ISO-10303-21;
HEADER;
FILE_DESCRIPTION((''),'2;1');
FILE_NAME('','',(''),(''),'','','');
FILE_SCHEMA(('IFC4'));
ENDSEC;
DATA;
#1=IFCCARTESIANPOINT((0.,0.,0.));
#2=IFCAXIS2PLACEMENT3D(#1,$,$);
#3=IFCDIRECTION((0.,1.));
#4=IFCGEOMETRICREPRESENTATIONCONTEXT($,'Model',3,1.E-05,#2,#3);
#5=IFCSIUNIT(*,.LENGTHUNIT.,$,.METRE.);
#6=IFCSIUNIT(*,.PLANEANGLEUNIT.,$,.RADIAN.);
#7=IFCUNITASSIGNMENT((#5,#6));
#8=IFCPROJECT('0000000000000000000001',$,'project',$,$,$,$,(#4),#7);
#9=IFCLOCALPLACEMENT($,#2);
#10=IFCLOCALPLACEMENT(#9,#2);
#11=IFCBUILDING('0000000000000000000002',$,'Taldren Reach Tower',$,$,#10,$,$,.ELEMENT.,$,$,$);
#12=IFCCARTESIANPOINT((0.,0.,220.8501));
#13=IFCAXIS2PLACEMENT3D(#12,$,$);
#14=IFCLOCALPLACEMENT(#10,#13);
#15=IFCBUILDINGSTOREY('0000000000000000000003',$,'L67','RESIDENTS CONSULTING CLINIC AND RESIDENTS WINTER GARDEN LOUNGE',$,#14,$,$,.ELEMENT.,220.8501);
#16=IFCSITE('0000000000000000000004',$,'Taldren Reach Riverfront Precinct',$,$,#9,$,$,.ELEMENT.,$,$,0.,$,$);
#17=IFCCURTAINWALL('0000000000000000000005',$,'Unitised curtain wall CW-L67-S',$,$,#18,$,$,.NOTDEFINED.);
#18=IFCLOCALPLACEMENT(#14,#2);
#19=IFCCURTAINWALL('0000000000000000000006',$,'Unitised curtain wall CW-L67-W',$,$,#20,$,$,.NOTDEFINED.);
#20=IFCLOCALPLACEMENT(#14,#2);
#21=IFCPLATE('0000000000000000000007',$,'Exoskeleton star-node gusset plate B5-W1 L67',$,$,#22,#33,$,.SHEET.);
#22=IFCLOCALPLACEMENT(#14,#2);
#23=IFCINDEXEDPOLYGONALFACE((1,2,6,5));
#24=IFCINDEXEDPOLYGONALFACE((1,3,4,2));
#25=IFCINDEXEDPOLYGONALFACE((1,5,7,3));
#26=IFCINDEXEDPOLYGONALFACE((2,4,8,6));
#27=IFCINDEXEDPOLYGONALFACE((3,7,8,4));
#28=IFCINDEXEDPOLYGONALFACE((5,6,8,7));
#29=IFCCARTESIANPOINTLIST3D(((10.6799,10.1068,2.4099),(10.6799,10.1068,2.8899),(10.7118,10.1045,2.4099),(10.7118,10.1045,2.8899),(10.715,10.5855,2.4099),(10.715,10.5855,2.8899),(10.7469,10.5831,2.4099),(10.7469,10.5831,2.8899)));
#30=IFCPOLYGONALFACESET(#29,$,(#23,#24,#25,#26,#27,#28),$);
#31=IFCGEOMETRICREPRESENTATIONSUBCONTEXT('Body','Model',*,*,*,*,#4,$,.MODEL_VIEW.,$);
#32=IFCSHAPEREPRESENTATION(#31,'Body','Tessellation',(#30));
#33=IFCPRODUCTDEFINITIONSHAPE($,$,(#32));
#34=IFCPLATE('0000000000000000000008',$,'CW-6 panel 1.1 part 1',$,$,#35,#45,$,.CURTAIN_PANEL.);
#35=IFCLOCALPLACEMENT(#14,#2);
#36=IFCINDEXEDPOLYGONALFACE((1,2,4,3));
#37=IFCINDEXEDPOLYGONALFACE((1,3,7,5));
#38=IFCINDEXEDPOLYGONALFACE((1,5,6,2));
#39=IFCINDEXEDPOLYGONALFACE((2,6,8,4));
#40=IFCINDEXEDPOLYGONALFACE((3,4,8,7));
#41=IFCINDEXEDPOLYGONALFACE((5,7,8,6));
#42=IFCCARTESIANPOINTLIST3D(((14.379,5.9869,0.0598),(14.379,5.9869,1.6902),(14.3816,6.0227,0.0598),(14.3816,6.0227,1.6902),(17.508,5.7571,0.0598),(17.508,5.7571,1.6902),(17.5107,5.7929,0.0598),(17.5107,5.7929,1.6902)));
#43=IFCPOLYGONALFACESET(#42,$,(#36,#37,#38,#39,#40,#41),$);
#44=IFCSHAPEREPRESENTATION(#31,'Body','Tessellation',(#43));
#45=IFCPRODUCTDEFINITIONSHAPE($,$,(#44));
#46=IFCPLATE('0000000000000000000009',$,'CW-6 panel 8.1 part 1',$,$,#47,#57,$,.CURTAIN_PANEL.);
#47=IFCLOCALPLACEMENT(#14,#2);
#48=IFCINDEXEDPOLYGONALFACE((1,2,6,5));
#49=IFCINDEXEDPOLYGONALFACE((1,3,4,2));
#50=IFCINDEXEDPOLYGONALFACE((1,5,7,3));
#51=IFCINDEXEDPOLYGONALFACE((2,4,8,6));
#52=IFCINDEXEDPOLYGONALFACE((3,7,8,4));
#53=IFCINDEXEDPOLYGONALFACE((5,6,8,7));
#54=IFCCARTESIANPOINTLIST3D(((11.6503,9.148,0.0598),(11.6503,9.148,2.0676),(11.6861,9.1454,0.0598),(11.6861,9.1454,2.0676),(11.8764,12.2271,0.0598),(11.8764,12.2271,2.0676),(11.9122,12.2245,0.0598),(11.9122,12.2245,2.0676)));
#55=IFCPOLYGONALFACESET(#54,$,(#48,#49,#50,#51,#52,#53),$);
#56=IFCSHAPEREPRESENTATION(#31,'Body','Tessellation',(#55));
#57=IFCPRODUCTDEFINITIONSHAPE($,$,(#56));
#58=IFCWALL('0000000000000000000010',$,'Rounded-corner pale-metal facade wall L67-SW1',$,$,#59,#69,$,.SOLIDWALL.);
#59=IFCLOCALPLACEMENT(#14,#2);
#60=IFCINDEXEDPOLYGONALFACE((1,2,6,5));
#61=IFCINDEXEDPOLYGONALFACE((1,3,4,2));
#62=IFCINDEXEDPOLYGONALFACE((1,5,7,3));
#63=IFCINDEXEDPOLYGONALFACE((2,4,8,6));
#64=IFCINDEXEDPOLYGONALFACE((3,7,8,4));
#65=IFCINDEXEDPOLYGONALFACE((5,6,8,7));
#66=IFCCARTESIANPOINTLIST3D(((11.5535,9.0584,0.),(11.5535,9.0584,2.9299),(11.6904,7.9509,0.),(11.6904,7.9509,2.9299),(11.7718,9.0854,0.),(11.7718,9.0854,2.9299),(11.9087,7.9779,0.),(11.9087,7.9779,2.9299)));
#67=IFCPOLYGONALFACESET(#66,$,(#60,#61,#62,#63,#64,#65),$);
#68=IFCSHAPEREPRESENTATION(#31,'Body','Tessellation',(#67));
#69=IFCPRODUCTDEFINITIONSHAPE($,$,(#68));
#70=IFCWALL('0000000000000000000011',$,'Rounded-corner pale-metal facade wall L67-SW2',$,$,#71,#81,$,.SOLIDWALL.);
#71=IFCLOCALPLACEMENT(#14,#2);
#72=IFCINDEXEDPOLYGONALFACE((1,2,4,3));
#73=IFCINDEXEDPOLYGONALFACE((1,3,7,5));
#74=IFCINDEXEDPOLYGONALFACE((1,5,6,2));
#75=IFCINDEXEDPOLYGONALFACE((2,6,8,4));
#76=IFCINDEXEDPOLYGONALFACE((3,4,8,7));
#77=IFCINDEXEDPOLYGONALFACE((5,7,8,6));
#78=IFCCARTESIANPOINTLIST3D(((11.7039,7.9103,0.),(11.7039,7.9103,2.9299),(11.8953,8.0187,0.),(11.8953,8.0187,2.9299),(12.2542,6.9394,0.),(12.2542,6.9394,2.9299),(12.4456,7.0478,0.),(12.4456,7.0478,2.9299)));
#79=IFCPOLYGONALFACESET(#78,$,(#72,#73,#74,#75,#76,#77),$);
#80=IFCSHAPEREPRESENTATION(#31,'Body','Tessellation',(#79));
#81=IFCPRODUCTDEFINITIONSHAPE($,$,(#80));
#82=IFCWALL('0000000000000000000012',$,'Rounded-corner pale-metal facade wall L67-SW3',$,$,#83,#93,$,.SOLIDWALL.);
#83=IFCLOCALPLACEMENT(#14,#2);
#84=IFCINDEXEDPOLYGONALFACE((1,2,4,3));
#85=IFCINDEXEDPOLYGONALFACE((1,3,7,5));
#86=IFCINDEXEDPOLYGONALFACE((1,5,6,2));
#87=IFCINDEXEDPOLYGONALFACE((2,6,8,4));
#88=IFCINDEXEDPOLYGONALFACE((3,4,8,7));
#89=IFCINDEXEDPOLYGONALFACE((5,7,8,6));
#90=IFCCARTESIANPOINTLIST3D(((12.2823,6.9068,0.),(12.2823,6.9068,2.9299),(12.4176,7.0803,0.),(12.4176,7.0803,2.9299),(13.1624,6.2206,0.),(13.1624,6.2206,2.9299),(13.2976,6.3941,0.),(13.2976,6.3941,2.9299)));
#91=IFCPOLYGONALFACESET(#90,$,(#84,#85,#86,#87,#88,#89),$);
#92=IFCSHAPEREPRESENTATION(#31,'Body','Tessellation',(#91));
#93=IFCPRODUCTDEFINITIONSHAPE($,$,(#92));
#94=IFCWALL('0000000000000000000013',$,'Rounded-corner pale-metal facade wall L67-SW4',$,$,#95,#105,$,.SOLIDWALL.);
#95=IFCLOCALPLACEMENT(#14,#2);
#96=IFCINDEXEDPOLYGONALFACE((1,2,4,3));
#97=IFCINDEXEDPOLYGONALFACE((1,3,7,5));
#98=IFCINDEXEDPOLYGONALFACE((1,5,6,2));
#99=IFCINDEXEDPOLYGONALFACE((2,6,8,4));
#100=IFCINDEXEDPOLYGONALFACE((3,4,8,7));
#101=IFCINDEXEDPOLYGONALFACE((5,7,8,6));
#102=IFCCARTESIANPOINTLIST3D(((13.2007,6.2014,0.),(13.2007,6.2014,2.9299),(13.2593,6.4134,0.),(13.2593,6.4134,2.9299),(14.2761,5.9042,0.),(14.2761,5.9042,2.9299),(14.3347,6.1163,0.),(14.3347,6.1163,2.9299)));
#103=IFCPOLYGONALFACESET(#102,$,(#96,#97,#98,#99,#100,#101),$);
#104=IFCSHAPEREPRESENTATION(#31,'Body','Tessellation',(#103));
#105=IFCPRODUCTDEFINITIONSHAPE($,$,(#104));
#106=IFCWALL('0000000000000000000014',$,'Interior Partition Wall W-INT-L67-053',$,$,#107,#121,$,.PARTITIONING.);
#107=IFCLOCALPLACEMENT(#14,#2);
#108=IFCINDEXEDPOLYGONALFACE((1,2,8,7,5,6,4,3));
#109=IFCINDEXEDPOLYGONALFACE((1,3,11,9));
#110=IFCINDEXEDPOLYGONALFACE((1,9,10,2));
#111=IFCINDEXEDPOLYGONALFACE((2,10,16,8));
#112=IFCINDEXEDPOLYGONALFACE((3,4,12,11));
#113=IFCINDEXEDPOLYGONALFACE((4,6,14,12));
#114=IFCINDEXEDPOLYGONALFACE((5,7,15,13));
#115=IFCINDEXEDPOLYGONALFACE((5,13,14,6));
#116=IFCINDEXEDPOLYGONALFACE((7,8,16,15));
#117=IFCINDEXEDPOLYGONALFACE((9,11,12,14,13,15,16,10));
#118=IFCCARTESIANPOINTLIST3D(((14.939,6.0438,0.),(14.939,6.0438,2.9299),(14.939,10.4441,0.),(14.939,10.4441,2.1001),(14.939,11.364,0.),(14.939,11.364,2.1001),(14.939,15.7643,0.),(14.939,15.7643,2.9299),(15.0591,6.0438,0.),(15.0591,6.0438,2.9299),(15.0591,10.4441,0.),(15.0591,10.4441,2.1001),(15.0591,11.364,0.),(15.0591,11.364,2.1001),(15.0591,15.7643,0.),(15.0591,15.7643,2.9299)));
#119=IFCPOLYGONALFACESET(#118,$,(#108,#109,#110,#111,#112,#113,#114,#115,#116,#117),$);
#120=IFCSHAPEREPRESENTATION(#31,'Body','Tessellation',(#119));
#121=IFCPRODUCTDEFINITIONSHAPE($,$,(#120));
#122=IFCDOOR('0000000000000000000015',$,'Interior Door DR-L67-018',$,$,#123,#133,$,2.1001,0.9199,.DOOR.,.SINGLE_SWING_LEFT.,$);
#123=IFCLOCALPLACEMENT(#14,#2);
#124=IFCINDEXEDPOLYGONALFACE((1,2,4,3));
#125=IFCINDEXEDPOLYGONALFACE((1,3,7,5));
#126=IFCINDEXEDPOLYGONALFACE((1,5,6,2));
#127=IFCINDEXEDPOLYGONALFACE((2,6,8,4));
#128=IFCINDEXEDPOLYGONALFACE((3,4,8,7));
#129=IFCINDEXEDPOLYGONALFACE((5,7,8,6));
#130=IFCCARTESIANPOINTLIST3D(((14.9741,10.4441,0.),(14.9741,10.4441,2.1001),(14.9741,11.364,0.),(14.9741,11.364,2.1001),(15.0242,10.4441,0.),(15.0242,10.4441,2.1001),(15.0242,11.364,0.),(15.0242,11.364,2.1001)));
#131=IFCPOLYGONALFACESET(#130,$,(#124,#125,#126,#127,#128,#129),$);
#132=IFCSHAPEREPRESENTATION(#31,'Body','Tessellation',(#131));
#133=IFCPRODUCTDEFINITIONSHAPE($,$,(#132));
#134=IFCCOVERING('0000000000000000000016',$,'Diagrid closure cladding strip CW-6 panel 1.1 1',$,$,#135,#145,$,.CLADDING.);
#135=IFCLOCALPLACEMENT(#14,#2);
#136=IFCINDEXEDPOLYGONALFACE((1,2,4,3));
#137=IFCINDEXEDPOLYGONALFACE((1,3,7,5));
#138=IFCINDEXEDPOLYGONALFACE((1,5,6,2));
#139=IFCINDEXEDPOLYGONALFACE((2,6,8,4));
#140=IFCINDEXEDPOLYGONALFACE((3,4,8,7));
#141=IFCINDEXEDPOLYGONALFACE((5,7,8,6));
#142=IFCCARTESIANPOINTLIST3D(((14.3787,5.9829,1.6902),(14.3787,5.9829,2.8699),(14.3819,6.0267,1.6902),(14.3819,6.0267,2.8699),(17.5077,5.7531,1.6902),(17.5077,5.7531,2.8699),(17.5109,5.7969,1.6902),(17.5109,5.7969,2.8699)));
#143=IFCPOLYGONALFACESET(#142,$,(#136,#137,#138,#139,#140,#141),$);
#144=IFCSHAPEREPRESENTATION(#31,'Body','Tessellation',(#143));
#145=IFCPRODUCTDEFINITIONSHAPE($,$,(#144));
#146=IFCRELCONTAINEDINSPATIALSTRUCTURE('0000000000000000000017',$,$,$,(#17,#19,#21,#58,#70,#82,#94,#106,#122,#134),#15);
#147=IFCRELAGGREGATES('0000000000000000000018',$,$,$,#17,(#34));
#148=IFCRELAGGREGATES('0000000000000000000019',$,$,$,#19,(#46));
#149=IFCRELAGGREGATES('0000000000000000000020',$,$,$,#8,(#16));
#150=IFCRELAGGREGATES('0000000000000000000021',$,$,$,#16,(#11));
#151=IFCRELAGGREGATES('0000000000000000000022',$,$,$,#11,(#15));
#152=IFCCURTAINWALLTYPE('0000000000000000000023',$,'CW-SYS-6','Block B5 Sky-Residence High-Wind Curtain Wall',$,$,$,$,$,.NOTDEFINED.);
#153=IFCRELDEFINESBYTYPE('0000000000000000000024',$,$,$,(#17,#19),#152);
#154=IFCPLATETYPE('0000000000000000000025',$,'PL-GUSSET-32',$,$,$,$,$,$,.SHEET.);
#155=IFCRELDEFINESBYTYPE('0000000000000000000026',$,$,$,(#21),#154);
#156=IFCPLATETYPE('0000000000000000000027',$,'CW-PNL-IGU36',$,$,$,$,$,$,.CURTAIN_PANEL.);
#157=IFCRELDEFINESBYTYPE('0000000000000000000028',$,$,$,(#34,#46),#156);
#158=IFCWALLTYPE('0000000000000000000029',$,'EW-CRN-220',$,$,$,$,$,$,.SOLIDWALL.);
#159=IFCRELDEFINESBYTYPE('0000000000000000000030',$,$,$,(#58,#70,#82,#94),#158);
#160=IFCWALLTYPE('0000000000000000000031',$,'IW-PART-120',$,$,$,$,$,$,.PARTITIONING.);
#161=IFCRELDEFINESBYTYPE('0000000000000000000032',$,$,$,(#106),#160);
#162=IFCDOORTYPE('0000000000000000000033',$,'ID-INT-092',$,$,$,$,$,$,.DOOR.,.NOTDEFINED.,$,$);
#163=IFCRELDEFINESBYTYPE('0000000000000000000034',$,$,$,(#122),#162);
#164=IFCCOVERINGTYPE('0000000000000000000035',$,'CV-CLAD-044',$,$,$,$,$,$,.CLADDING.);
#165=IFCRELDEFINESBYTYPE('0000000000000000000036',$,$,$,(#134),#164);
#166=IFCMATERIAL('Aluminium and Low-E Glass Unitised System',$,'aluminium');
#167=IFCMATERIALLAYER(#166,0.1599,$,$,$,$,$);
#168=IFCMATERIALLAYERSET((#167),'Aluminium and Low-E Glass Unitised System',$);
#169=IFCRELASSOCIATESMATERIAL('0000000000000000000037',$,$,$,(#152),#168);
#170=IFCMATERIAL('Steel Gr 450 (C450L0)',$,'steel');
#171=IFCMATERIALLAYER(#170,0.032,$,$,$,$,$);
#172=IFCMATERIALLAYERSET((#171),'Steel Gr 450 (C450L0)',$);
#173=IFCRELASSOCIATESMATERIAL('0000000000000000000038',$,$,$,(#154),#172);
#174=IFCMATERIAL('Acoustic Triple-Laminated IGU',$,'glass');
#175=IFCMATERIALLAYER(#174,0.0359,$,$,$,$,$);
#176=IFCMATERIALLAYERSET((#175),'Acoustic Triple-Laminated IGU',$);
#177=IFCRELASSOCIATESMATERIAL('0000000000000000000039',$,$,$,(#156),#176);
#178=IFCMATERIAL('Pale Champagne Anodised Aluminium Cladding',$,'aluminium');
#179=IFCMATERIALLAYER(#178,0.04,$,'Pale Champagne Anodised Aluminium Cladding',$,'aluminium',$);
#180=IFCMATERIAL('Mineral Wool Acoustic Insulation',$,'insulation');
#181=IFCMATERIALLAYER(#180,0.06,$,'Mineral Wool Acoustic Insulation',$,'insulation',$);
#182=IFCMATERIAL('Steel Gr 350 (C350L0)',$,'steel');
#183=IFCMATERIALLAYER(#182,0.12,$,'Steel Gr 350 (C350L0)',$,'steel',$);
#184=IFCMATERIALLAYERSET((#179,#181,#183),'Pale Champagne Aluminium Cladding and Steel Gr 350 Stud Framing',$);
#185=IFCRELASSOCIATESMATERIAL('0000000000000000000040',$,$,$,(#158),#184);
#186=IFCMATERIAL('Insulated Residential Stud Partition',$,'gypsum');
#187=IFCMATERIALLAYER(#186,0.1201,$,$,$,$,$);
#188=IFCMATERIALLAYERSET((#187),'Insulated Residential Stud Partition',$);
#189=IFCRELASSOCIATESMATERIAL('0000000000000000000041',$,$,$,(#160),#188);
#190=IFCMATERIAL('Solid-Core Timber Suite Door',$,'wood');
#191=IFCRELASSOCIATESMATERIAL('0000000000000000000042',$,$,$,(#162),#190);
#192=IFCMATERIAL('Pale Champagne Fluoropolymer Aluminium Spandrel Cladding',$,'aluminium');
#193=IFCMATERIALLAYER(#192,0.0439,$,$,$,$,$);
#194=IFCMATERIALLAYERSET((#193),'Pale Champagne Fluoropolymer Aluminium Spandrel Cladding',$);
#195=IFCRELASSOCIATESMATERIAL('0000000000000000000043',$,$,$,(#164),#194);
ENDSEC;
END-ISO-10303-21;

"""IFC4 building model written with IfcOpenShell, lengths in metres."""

from ifc_helpers import new_model, si_unit, direction, frame, frame_2d, origin, origin_2d, place, context, subcontext, project, spatial, rectangle, extrude, source, transform, mapped, material, layer, layer_set, type_object, element, fill, aggregate, save


model = new_model("IFC4")

# Units and contexts
model_context = context("Model", 3, precision=1e-05, world=origin(), true_north=direction((0.0, 1.0)))
body_context = subcontext(model_context, "Body", "Model", "MODEL_VIEW")
ifc_project = project(units=[si_unit("LENGTHUNIT", "METRE"), si_unit("PLANEANGLEUNIT", "RADIAN")], contexts=[model_context])

# Site, building, storey
site_placement = place(None, origin())
site = spatial("IfcSite", under=ifc_project, at=site_placement, Name="Taldren Reach Riverfront Precinct", CompositionType="ELEMENT", RefElevation=0.0)
building_placement = place(site_placement, origin())
building = spatial("IfcBuilding", under=site, at=building_placement, Name="Taldren Reach Tower", CompositionType="ELEMENT")
storey_placement = place(building_placement, frame((0.0, 0.0, 220.8501)))
storey = spatial("IfcBuildingStorey", under=building, at=storey_placement, Name="L67", Description="RESIDENTS CONSULTING CLINIC AND RESIDENTS WINTER GARDEN LOUNGE", CompositionType="ELEMENT", Elevation=220.8501)

# Shared definitions
ifc_material_1 = material(Name="Steel Gr 350 (C350L0)", Category="steel")

# Shared definitions
ifc_material_2 = material(Name="Steel Gr 450 (C450L0)", Category="steel")

# Curtain wall
ifc_material_3 = material(Name="Aluminium and Low-E Glass Unitised System", Category="aluminium")
ifc_layer_1 = layer(ifc_material_3, 0.1599)
ifc_layer_set_1 = layer_set([ifc_layer_1], Name="Aluminium and Low-E Glass Unitised System")
curtain_wall_type = type_object("IfcCurtainWallType", Name="CW-SYS-6", Description="Block B5 Sky-Residence High-Wind Curtain Wall", PredefinedType="NOTDEFINED", material=ifc_layer_set_1)
curtain_wall_1_placement = place(storey_placement, origin())
curtain_wall_1 = element("IfcCurtainWall", 1, at=curtain_wall_1_placement, inside=storey, type_object=curtain_wall_type, Name="Unitised curtain wall CW-L67-S", PredefinedType="NOTDEFINED")

# Curtain wall
curtain_wall_2_placement = place(storey_placement, origin())
curtain_wall_2 = element("IfcCurtainWall", 2, at=curtain_wall_2_placement, inside=storey, type_object=curtain_wall_type, Name="Unitised curtain wall CW-L67-W", PredefinedType="NOTDEFINED")

# Plate
ifc_layer_2 = layer(ifc_material_2, 0.032)
ifc_layer_set_2 = layer_set([ifc_layer_2], Name="Steel Gr 450 (C450L0)")
plate_type_1 = type_object("IfcPlateType", Name="PL-GUSSET-32", PredefinedType="SHEET", material=ifc_layer_set_2)
shared_shape_1 = source(origin(), body_context, "Body", "SweptSolid", [
    extrude(rectangle(XDim=0.48, YDim=0.032, at=origin_2d()), origin(), (0.0, 0.0, 1.0), 0.48),
])
for number, where, z_axis, x_axis, name in (
    (3, (10.7134, 10.345, 2.4099), (0.0, 0.0, 1.0), (0.073238, 0.997314, 0.0), "Exoskeleton star-node gusset plate B5-W1 L67"),
):
    element("IfcPlate", number, at=place(storey_placement, frame(where, z_axis=z_axis, x_axis=x_axis)), inside=storey, type_object=plate_type_1, Name=name, PredefinedType="SHEET", context=body_context, shape_type="MappedRepresentation", body=[
        mapped(shared_shape_1, transform((0.0, 0.0, 0.0), scale=1.0)),
    ])

# Plates
ifc_material_4 = material(Name="Acoustic Triple-Laminated IGU", Category="glass")
ifc_layer_3 = layer(ifc_material_4, 0.0359)
ifc_layer_set_3 = layer_set([ifc_layer_3], Name="Acoustic Triple-Laminated IGU")
plate_type_2 = type_object("IfcPlateType", Name="CW-PNL-IGU36", PredefinedType="CURTAIN_PANEL", material=ifc_layer_set_3)
shared_shape_2 = source(origin(), body_context, "Body", "SweptSolid", [
    extrude(rectangle(XDim=3.1375, YDim=0.0359, at=origin_2d()), origin(), (0.0, 0.0, 1.0), 1.6304),
])
plate_1_placement = place(storey_placement, frame((15.9448, 5.8899, 0.0598), z_axis=(0.0, 0.0, 1.0), x_axis=(0.997314, -0.073238, 0.0)))
plate_1 = element("IfcPlate", 4, at=plate_1_placement, type_object=plate_type_2, Name="CW-6 panel 1.1 part 1", PredefinedType="CURTAIN_PANEL", context=body_context, shape_type="MappedRepresentation", body=[
    mapped(shared_shape_2, transform((0.0, 0.0, 0.0), scale=1.0)),
])
aggregate(curtain_wall_1, [plate_1])
shared_shape_3 = source(origin(), body_context, "Body", "SweptSolid", [
    extrude(rectangle(XDim=3.0874, YDim=0.0359, at=origin_2d()), origin(), (0.0, 0.0, 1.0), 2.0078),
])
plate_2_placement = place(storey_placement, frame((11.7812, 10.6863, 0.0598), z_axis=(0.0, 0.0, 1.0), x_axis=(-0.073238, -0.997314, 0.0)))
plate_2 = element("IfcPlate", 5, at=plate_2_placement, type_object=plate_type_2, Name="CW-6 panel 8.1 part 1", PredefinedType="CURTAIN_PANEL", context=body_context, shape_type="MappedRepresentation", body=[
    mapped(shared_shape_3, transform((0.0, 0.0, 0.0), scale=1.0)),
])
aggregate(curtain_wall_2, [plate_2])

# Walls
ifc_material_5 = material(Name="Pale Champagne Anodised Aluminium Cladding", Category="aluminium")
ifc_layer_4 = layer(ifc_material_5, 0.04, Name="Pale Champagne Anodised Aluminium Cladding", Category="aluminium")
ifc_material_6 = material(Name="Mineral Wool Acoustic Insulation", Category="insulation")
ifc_layer_5 = layer(ifc_material_6, 0.06, Name="Mineral Wool Acoustic Insulation", Category="insulation")
ifc_layer_6 = layer(ifc_material_1, 0.12, Name="Steel Gr 350 (C350L0)", Category="steel")
ifc_layer_set_4 = layer_set([ifc_layer_4, ifc_layer_5, ifc_layer_6], Name="Pale Champagne Aluminium Cladding and Steel Gr 350 Stud Framing")
wall_type_1 = type_object("IfcWallType", Name="EW-CRN-220", PredefinedType="SOLIDWALL", material=ifc_layer_set_4)
shared_shape_4 = source(origin(), body_context, "Body", "SweptSolid", [
    extrude(rectangle(XDim=1.116, YDim=0.22, at=frame_2d((0.5581, 0.0))), origin(), (0.0, 0.0, 1.0), 2.9299),
])
for number, where, z_axis, x_axis, name in (
    (6, (11.6626, 9.072, 0.0), (0.0, 0.0, 1.0), (0.122742, -0.992439, 0.0), "Rounded-corner pale-metal facade wall L67-SW1"),
    (7, (11.7996, 7.9646, 0.0), (0.0, 0.0, 1.0), (0.493073, -0.869988, 0.0), "Rounded-corner pale-metal facade wall L67-SW2"),
    (8, (12.3499, 6.9937, 0.0), (0.0, 0.0, 1.0), (0.788598, -0.614909, 0.0), "Rounded-corner pale-metal facade wall L67-SW3"),
):
    element("IfcWall", number, at=place(storey_placement, frame(where, z_axis=z_axis, x_axis=x_axis)), inside=storey, type_object=wall_type_1, Name=name, PredefinedType="SOLIDWALL", context=body_context, shape_type="MappedRepresentation", body=[
        mapped(shared_shape_4, transform((0.0, 0.0, 0.0), scale=1.0)),
    ])
shared_shape_5 = source(origin(), body_context, "Body", "SweptSolid", [
    extrude(rectangle(XDim=1.1157, YDim=0.22, at=frame_2d((0.5579, 0.0))), origin(), (0.0, 0.0, 1.0), 2.9299),
])
wall_1_placement = place(storey_placement, frame((13.23, 6.3074, 0.0), z_axis=(0.0, 0.0, 1.0), x_axis=(0.96389, -0.266301, 0.0)))
element("IfcWall", 9, at=wall_1_placement, inside=storey, type_object=wall_type_1, Name="Rounded-corner pale-metal facade wall L67-SW4", PredefinedType="SOLIDWALL", context=body_context, shape_type="MappedRepresentation", body=[
    mapped(shared_shape_5, transform((0.0, 0.0, 0.0), scale=1.0)),
])

# Wall, opening, door
ifc_material_7 = material(Name="Insulated Residential Stud Partition", Category="gypsum")
ifc_layer_7 = layer(ifc_material_7, 0.1201)
ifc_layer_set_5 = layer_set([ifc_layer_7], Name="Insulated Residential Stud Partition")
wall_type_2 = type_object("IfcWallType", Name="IW-PART-120", PredefinedType="PARTITIONING", material=ifc_layer_set_5)
shared_shape_6 = source(origin(), body_context, "Body", "SweptSolid", [
    extrude(rectangle(XDim=9.7205, YDim=0.1201, at=frame_2d((4.8604, 0.0))), origin(), (0.0, 0.0, 1.0), 2.9299),
])
wall_2_placement = place(storey_placement, frame((14.999, 6.0437, 0.0), z_axis=(0.0, 0.0, 1.0), x_axis=(0.0, 1.0, 0.0)))
wall_2 = element("IfcWall", 10, at=wall_2_placement, inside=storey, type_object=wall_type_2, Name="Interior Partition Wall W-INT-L67-053", PredefinedType="PARTITIONING", context=body_context, shape_type="MappedRepresentation", body=[
    mapped(shared_shape_6, transform((0.0, 0.0, 0.0), scale=1.0)),
])
shared_shape_7 = source(origin(), body_context, "Body", "SweptSolid", [
    extrude(rectangle(XDim=0.9199, YDim=2.1001, at=frame_2d((0.46, 1.05))), frame((0.0, 0.0701, 0.0), z_axis=(0.0, -1.0, 0.0), x_axis=(1.0, 0.0, 0.0)), (0.0, 0.0, 1.0), 0.1401),
])
opening_placement = place(wall_2_placement, frame((4.4004, 0.0, 0.0)))
opening = element("IfcOpeningElement", 11, at=opening_placement, cuts=wall_2, PredefinedType="OPENING", context=body_context, shape_type="MappedRepresentation", body=[
    mapped(shared_shape_7, transform((0.0, 0.0, 0.0), scale=1.0)),
])
ifc_material_8 = material(Name="Solid-Core Timber Suite Door", Category="wood")
door_type = type_object("IfcDoorType", Name="ID-INT-092", OperationType="NOTDEFINED", PredefinedType="DOOR", material=ifc_material_8)
shared_shape_8 = source(origin(), body_context, "Body", "SweptSolid", [
    extrude(rectangle(XDim=0.9199, YDim=2.1001, at=frame_2d((0.46, 1.05))), frame((0.0, 0.0249, 0.0), z_axis=(0.0, -1.0, 0.0), x_axis=(1.0, 0.0, 0.0)), (0.0, 0.0, 1.0), 0.05),
])
door_placement = place(opening_placement, origin())
door = element("IfcDoor", 12, at=door_placement, inside=storey, type_object=door_type, Name="Interior Door DR-L67-018", OperationType="SINGLE_SWING_LEFT", OverallHeight=2.1001, OverallWidth=0.9199, PredefinedType="DOOR", context=body_context, shape_type="MappedRepresentation", body=[
    mapped(shared_shape_8, transform((0.0, 0.0, 0.0), scale=1.0)),
])
fill(opening, door)

# Covering
ifc_material_9 = material(Name="Pale Champagne Fluoropolymer Aluminium Spandrel Cladding", Category="aluminium")
ifc_layer_8 = layer(ifc_material_9, 0.0439)
ifc_layer_set_6 = layer_set([ifc_layer_8], Name="Pale Champagne Fluoropolymer Aluminium Spandrel Cladding")
covering_type = type_object("IfcCoveringType", Name="CV-CLAD-044", PredefinedType="CLADDING", material=ifc_layer_set_6)
shared_shape_9 = source(origin(), body_context, "Body", "SweptSolid", [
    extrude(rectangle(XDim=3.1375, YDim=0.0439, at=origin_2d()), origin(), (0.0, 0.0, 1.0), 1.1797),
])
covering_placement = place(storey_placement, frame((15.9448, 5.8899, 1.6902), z_axis=(0.0, 0.0, 1.0), x_axis=(0.997314, -0.073238, 0.0)))
element("IfcCovering", 13, at=covering_placement, inside=storey, type_object=covering_type, Name="Diagrid closure cladding strip CW-6 panel 1.1 1", PredefinedType="CLADDING", context=body_context, shape_type="MappedRepresentation", body=[
    mapped(shared_shape_9, transform((0.0, 0.0, 0.0), scale=1.0)),
])

save(model, "model.ifc")
